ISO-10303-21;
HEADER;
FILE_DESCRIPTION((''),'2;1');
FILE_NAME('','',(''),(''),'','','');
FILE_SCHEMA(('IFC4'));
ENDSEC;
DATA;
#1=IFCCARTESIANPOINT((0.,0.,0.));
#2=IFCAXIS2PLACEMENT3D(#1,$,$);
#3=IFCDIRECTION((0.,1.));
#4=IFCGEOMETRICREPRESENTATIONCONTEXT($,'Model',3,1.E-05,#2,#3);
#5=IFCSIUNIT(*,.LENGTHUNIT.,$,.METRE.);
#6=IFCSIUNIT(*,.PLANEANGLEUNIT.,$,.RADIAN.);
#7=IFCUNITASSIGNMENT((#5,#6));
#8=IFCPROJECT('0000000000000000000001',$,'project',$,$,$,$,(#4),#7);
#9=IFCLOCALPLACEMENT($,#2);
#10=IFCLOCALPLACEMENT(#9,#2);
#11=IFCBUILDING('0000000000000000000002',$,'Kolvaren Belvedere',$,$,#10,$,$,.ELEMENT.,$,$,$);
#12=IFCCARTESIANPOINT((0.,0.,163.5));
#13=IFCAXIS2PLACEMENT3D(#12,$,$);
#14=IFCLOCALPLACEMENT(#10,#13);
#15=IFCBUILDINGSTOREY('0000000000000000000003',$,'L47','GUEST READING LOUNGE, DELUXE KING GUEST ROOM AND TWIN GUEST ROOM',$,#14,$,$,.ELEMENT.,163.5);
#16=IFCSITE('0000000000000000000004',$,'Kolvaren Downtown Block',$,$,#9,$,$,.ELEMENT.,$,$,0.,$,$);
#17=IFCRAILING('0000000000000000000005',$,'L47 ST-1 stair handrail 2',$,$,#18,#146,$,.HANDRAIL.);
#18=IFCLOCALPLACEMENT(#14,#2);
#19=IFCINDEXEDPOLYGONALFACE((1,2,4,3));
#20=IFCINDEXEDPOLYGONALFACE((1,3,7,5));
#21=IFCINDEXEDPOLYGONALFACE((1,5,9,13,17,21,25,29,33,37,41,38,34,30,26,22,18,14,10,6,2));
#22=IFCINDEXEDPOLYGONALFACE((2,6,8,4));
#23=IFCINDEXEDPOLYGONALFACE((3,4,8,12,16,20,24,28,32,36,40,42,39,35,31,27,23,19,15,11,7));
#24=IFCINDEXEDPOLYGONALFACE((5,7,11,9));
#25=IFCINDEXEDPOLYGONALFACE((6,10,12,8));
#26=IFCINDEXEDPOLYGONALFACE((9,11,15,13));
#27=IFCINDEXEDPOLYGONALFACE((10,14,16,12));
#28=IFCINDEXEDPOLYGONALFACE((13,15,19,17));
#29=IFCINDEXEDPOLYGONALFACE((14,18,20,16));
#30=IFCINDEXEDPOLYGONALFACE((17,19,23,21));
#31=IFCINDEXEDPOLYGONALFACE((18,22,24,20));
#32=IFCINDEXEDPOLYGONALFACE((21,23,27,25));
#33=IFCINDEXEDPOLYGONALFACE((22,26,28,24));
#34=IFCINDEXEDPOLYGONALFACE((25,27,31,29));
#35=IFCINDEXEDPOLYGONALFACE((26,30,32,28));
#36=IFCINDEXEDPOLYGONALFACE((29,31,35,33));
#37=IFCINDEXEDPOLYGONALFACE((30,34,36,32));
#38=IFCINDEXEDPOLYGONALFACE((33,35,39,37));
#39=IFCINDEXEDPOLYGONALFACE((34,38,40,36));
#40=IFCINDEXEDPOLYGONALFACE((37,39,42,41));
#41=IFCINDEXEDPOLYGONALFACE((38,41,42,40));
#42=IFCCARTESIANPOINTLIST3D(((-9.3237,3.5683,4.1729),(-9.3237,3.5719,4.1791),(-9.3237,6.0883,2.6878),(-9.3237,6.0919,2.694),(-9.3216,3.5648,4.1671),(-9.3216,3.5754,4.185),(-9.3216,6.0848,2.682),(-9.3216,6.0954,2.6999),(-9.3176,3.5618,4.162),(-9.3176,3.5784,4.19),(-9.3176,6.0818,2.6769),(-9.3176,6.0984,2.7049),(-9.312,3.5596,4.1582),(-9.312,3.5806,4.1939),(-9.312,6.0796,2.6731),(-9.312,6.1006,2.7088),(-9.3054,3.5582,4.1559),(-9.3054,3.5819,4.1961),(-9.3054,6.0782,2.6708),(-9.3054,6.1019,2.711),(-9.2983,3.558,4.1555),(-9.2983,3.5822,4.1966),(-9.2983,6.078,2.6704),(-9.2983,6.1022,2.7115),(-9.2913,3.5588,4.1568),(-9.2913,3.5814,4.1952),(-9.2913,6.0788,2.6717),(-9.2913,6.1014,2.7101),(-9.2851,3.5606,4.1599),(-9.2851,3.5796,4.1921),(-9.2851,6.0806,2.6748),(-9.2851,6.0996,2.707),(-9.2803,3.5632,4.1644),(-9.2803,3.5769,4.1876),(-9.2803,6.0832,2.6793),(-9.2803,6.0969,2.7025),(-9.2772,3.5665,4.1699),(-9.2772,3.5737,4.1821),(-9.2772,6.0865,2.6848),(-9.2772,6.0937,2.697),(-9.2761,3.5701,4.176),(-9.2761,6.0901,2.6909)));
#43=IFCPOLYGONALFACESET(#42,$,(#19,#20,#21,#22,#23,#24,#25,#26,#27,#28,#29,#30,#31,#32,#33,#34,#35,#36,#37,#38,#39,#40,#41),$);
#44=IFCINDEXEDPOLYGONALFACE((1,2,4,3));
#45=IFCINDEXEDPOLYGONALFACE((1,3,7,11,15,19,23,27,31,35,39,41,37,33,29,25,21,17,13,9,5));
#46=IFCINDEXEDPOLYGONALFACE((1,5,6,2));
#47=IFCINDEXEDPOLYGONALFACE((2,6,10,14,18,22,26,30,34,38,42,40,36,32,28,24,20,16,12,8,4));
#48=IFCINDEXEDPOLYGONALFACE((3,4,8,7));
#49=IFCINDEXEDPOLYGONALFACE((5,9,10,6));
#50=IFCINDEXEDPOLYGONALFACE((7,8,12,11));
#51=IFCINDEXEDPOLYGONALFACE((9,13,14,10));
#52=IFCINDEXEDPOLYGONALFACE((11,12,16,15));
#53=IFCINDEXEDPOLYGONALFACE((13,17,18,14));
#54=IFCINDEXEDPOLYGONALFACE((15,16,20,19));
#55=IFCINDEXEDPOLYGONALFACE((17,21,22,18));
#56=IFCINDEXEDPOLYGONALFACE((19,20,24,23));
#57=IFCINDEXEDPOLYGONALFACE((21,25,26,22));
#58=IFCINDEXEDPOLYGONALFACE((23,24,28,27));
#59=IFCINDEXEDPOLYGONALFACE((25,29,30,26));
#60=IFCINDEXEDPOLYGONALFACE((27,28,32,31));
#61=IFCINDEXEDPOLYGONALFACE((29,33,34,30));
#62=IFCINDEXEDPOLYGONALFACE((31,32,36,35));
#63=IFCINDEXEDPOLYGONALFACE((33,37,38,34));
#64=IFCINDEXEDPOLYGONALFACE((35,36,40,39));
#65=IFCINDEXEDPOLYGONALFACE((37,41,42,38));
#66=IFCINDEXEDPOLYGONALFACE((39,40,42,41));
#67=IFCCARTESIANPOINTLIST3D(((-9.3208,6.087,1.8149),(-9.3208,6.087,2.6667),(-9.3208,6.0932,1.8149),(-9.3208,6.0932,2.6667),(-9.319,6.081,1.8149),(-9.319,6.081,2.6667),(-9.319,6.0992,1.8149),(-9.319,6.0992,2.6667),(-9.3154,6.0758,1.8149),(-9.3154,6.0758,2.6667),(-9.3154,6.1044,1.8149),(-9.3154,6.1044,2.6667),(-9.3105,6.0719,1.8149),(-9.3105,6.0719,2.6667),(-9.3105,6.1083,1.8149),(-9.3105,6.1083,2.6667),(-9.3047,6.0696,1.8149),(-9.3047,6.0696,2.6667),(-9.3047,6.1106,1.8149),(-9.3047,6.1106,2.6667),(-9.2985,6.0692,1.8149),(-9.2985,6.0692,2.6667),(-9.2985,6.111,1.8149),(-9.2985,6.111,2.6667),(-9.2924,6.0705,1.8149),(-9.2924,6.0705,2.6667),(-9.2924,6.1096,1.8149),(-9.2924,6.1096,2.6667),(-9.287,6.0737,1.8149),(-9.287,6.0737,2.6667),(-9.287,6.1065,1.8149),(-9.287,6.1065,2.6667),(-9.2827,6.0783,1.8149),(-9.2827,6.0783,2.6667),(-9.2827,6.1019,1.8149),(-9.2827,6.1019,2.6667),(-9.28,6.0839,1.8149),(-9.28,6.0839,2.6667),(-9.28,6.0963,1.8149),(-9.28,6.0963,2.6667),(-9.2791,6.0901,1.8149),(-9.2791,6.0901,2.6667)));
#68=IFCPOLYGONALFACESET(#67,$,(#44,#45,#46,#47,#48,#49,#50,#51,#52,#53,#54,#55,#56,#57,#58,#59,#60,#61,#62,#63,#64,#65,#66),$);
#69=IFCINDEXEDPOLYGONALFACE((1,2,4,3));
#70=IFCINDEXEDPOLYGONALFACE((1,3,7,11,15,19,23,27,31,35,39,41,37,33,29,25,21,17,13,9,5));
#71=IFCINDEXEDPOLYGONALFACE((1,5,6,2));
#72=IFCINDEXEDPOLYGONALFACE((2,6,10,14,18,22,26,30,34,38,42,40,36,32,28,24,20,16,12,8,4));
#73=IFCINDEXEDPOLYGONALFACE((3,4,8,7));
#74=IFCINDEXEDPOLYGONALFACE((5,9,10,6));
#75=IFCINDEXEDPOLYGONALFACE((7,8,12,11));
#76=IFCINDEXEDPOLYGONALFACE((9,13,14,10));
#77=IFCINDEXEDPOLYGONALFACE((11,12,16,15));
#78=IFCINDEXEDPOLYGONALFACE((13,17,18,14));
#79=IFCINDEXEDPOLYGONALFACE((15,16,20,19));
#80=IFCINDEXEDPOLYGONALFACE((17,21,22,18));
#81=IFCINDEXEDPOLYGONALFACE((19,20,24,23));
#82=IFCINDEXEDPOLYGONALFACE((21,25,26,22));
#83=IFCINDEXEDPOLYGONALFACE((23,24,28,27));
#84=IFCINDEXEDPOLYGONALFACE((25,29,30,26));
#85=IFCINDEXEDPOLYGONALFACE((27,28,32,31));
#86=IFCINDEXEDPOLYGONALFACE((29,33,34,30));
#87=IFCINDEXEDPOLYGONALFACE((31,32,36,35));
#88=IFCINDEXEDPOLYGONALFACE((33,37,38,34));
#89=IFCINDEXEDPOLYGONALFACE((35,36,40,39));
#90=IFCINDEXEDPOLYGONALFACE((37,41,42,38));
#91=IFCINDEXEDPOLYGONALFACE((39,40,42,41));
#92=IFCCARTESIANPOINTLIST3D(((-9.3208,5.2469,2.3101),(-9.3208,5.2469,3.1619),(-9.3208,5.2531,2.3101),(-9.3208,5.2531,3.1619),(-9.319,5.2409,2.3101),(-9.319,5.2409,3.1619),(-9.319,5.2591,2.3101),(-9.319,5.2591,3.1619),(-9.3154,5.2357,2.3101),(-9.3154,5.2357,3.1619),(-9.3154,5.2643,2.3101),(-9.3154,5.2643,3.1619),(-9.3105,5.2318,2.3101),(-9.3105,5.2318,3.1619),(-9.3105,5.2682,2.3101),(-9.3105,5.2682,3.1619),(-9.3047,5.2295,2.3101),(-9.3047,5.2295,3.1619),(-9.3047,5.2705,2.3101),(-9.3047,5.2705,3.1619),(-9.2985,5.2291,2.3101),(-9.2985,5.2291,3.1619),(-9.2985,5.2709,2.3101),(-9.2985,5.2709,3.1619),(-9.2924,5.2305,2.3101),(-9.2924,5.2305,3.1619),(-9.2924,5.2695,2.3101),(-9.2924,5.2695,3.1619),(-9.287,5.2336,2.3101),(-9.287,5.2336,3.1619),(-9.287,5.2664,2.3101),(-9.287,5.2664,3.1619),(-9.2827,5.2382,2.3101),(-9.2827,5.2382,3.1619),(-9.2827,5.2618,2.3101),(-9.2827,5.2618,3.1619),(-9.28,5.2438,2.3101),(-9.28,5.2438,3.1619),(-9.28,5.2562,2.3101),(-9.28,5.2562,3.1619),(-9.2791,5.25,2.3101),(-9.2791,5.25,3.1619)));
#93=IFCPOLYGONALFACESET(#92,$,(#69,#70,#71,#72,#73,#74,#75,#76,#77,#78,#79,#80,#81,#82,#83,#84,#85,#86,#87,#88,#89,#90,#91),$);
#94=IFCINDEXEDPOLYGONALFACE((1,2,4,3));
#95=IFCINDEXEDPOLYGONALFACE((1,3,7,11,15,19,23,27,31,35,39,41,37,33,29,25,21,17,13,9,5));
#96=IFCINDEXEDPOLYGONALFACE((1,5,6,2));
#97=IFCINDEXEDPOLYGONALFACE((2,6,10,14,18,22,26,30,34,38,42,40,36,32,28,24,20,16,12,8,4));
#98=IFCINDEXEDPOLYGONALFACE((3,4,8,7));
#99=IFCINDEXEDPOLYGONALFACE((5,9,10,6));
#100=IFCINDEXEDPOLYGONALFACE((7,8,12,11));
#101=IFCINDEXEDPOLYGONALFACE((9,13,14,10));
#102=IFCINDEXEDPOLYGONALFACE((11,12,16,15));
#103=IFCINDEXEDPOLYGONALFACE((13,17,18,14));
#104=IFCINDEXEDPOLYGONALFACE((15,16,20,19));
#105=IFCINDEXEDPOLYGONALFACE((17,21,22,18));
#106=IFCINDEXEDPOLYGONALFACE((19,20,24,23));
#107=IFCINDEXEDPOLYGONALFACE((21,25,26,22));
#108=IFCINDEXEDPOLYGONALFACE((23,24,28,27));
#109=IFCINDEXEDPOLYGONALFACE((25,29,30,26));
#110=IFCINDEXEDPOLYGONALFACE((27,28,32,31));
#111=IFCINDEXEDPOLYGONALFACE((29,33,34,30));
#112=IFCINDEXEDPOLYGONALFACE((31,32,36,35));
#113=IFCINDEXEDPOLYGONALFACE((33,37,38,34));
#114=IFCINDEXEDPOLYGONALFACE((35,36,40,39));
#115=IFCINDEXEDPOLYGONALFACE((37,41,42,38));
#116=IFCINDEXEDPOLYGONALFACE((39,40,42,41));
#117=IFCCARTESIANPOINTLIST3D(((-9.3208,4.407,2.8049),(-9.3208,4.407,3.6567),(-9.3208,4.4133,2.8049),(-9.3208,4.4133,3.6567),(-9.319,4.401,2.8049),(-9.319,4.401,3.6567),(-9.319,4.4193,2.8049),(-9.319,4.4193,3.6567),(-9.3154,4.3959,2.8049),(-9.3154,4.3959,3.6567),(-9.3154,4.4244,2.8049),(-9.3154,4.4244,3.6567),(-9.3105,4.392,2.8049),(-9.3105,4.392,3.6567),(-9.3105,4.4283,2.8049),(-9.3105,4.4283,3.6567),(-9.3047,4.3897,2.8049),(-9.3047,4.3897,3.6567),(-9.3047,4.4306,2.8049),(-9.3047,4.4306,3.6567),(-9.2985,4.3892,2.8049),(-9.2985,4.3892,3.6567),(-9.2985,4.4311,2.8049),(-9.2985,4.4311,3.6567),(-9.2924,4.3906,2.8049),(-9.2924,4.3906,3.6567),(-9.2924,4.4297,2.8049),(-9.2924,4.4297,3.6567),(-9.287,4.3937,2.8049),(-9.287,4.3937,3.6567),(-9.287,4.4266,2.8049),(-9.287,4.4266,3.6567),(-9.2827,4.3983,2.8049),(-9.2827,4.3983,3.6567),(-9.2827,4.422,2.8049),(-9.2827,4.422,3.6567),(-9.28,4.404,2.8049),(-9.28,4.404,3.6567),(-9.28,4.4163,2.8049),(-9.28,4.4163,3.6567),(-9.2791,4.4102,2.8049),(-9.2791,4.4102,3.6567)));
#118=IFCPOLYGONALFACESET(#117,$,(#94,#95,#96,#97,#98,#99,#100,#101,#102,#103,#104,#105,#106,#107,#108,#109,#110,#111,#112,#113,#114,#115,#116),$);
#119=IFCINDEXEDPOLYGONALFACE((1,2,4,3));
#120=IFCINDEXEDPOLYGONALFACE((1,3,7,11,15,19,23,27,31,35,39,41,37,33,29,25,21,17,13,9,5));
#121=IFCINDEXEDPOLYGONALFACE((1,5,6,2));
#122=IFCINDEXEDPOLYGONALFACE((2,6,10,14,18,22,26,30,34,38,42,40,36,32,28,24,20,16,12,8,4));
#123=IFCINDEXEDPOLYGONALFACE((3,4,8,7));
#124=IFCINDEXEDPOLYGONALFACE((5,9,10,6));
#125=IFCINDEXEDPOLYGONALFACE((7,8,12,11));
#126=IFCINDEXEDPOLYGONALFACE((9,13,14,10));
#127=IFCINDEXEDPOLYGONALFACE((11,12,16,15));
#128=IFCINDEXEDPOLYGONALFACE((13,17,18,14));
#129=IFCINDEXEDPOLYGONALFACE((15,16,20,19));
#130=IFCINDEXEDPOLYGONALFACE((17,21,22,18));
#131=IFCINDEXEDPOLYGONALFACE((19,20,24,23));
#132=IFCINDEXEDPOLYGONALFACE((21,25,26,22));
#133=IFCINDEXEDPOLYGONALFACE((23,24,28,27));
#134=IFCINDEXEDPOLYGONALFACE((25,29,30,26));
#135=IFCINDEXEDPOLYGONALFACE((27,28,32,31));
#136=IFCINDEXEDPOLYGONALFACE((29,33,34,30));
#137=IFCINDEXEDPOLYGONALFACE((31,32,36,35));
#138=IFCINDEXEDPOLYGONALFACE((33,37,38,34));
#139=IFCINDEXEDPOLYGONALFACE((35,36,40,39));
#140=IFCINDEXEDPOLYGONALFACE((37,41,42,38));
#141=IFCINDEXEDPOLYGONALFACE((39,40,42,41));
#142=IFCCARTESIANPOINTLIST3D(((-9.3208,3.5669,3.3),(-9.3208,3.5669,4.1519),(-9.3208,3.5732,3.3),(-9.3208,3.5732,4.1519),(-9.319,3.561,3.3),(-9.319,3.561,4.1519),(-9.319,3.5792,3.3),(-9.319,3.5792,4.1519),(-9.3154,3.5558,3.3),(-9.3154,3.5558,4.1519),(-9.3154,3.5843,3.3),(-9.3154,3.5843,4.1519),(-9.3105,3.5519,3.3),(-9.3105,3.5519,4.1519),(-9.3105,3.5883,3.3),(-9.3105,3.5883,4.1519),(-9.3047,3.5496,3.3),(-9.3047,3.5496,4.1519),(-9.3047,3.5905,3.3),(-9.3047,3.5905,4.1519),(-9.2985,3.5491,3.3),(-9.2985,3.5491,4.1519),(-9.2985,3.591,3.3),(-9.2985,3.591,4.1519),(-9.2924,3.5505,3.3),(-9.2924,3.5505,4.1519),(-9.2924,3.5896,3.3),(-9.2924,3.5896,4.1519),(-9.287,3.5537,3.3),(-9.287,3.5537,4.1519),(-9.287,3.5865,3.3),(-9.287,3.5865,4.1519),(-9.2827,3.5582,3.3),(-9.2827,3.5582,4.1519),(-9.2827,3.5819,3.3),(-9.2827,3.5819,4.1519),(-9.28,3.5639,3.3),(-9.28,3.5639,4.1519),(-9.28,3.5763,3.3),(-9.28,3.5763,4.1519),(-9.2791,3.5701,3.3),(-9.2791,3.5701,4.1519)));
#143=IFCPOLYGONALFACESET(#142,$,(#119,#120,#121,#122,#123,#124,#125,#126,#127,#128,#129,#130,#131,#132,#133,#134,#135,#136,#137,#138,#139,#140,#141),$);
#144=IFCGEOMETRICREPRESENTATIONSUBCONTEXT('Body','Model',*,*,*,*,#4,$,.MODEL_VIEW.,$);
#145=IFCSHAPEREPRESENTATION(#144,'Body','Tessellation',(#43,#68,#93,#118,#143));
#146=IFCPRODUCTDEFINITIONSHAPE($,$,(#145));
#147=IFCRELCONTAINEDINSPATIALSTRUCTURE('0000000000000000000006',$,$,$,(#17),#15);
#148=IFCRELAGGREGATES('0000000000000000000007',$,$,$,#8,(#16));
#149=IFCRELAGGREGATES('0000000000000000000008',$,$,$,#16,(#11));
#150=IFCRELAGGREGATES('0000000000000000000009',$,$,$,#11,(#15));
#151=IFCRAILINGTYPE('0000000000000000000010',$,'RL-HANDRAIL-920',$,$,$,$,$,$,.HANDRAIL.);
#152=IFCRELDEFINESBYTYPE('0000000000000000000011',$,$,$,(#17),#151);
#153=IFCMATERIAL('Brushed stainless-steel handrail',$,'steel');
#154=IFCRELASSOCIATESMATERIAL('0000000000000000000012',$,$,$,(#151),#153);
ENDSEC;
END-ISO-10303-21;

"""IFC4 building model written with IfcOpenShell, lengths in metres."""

from ifc_helpers import new_model, si_unit, direction, frame, origin, origin_2d, place, context, subcontext, project, spatial, circle, extrude, material, type_object, element, save


model = new_model("IFC4")

# Units and contexts
model_context = context("Model", 3, precision=1e-05, world=origin(), true_north=direction((0.0, 1.0)))
body_context = subcontext(model_context, "Body", "Model", "MODEL_VIEW")
ifc_project = project(units=[si_unit("LENGTHUNIT", "METRE"), si_unit("PLANEANGLEUNIT", "RADIAN")], contexts=[model_context])

# Site, building, storey
site_placement = place(None, origin())
site = spatial("IfcSite", under=ifc_project, at=site_placement, Name="Kolvaren Downtown Block", CompositionType="ELEMENT", RefElevation=0.0)
building_placement = place(site_placement, origin())
building = spatial("IfcBuilding", under=site, at=building_placement, Name="Kolvaren Belvedere", CompositionType="ELEMENT")
storey_placement = place(building_placement, frame((0.0, 0.0, 163.5)))
storey = spatial("IfcBuildingStorey", under=building, at=storey_placement, Name="L47", Description="GUEST READING LOUNGE, DELUXE KING GUEST ROOM AND TWIN GUEST ROOM", CompositionType="ELEMENT", Elevation=163.5)

# Railing
ifc_material_1 = material(Name="Brushed stainless-steel handrail", Category="steel")
railing_type_1 = type_object("IfcRailingType", Name="RL-HANDRAIL-920", PredefinedType="HANDRAIL", material=ifc_material_1)
railing_1_placement = place(storey_placement, frame((-9.3, 6.0901, 1.8149)))
element("IfcRailing", 1, at=railing_1_placement, inside=storey, type_object=railing_type_1, Name="L47 ST-1 stair handrail 2", PredefinedType="HANDRAIL", context=body_context, shape_type="SweptSolid", body=[
    extrude(circle(Radius=0.0239, at=origin_2d()), frame((0.0, 0.0, 0.876), z_axis=(0.0, -0.861524, 0.507717), x_axis=(1.0, 0.0, 0.0)), (0.0, 0.0, 1.0), 2.925),
    extrude(circle(Radius=0.021, at=origin_2d()), origin(), (0.0, 0.0, 1.0), 0.8518),
    extrude(circle(Radius=0.021, at=origin_2d()), frame((0.0, -0.8401, 0.4951)), (0.0, 0.0, 1.0), 0.8518),
    extrude(circle(Radius=0.021, at=origin_2d()), frame((0.0, -1.6799, 0.99)), (0.0, 0.0, 1.0), 0.8518),
    extrude(circle(Radius=0.021, at=origin_2d()), frame((0.0, -2.52, 1.4851)), (0.0, 0.0, 1.0), 0.8518),
])

save(model, "model.ifc")
